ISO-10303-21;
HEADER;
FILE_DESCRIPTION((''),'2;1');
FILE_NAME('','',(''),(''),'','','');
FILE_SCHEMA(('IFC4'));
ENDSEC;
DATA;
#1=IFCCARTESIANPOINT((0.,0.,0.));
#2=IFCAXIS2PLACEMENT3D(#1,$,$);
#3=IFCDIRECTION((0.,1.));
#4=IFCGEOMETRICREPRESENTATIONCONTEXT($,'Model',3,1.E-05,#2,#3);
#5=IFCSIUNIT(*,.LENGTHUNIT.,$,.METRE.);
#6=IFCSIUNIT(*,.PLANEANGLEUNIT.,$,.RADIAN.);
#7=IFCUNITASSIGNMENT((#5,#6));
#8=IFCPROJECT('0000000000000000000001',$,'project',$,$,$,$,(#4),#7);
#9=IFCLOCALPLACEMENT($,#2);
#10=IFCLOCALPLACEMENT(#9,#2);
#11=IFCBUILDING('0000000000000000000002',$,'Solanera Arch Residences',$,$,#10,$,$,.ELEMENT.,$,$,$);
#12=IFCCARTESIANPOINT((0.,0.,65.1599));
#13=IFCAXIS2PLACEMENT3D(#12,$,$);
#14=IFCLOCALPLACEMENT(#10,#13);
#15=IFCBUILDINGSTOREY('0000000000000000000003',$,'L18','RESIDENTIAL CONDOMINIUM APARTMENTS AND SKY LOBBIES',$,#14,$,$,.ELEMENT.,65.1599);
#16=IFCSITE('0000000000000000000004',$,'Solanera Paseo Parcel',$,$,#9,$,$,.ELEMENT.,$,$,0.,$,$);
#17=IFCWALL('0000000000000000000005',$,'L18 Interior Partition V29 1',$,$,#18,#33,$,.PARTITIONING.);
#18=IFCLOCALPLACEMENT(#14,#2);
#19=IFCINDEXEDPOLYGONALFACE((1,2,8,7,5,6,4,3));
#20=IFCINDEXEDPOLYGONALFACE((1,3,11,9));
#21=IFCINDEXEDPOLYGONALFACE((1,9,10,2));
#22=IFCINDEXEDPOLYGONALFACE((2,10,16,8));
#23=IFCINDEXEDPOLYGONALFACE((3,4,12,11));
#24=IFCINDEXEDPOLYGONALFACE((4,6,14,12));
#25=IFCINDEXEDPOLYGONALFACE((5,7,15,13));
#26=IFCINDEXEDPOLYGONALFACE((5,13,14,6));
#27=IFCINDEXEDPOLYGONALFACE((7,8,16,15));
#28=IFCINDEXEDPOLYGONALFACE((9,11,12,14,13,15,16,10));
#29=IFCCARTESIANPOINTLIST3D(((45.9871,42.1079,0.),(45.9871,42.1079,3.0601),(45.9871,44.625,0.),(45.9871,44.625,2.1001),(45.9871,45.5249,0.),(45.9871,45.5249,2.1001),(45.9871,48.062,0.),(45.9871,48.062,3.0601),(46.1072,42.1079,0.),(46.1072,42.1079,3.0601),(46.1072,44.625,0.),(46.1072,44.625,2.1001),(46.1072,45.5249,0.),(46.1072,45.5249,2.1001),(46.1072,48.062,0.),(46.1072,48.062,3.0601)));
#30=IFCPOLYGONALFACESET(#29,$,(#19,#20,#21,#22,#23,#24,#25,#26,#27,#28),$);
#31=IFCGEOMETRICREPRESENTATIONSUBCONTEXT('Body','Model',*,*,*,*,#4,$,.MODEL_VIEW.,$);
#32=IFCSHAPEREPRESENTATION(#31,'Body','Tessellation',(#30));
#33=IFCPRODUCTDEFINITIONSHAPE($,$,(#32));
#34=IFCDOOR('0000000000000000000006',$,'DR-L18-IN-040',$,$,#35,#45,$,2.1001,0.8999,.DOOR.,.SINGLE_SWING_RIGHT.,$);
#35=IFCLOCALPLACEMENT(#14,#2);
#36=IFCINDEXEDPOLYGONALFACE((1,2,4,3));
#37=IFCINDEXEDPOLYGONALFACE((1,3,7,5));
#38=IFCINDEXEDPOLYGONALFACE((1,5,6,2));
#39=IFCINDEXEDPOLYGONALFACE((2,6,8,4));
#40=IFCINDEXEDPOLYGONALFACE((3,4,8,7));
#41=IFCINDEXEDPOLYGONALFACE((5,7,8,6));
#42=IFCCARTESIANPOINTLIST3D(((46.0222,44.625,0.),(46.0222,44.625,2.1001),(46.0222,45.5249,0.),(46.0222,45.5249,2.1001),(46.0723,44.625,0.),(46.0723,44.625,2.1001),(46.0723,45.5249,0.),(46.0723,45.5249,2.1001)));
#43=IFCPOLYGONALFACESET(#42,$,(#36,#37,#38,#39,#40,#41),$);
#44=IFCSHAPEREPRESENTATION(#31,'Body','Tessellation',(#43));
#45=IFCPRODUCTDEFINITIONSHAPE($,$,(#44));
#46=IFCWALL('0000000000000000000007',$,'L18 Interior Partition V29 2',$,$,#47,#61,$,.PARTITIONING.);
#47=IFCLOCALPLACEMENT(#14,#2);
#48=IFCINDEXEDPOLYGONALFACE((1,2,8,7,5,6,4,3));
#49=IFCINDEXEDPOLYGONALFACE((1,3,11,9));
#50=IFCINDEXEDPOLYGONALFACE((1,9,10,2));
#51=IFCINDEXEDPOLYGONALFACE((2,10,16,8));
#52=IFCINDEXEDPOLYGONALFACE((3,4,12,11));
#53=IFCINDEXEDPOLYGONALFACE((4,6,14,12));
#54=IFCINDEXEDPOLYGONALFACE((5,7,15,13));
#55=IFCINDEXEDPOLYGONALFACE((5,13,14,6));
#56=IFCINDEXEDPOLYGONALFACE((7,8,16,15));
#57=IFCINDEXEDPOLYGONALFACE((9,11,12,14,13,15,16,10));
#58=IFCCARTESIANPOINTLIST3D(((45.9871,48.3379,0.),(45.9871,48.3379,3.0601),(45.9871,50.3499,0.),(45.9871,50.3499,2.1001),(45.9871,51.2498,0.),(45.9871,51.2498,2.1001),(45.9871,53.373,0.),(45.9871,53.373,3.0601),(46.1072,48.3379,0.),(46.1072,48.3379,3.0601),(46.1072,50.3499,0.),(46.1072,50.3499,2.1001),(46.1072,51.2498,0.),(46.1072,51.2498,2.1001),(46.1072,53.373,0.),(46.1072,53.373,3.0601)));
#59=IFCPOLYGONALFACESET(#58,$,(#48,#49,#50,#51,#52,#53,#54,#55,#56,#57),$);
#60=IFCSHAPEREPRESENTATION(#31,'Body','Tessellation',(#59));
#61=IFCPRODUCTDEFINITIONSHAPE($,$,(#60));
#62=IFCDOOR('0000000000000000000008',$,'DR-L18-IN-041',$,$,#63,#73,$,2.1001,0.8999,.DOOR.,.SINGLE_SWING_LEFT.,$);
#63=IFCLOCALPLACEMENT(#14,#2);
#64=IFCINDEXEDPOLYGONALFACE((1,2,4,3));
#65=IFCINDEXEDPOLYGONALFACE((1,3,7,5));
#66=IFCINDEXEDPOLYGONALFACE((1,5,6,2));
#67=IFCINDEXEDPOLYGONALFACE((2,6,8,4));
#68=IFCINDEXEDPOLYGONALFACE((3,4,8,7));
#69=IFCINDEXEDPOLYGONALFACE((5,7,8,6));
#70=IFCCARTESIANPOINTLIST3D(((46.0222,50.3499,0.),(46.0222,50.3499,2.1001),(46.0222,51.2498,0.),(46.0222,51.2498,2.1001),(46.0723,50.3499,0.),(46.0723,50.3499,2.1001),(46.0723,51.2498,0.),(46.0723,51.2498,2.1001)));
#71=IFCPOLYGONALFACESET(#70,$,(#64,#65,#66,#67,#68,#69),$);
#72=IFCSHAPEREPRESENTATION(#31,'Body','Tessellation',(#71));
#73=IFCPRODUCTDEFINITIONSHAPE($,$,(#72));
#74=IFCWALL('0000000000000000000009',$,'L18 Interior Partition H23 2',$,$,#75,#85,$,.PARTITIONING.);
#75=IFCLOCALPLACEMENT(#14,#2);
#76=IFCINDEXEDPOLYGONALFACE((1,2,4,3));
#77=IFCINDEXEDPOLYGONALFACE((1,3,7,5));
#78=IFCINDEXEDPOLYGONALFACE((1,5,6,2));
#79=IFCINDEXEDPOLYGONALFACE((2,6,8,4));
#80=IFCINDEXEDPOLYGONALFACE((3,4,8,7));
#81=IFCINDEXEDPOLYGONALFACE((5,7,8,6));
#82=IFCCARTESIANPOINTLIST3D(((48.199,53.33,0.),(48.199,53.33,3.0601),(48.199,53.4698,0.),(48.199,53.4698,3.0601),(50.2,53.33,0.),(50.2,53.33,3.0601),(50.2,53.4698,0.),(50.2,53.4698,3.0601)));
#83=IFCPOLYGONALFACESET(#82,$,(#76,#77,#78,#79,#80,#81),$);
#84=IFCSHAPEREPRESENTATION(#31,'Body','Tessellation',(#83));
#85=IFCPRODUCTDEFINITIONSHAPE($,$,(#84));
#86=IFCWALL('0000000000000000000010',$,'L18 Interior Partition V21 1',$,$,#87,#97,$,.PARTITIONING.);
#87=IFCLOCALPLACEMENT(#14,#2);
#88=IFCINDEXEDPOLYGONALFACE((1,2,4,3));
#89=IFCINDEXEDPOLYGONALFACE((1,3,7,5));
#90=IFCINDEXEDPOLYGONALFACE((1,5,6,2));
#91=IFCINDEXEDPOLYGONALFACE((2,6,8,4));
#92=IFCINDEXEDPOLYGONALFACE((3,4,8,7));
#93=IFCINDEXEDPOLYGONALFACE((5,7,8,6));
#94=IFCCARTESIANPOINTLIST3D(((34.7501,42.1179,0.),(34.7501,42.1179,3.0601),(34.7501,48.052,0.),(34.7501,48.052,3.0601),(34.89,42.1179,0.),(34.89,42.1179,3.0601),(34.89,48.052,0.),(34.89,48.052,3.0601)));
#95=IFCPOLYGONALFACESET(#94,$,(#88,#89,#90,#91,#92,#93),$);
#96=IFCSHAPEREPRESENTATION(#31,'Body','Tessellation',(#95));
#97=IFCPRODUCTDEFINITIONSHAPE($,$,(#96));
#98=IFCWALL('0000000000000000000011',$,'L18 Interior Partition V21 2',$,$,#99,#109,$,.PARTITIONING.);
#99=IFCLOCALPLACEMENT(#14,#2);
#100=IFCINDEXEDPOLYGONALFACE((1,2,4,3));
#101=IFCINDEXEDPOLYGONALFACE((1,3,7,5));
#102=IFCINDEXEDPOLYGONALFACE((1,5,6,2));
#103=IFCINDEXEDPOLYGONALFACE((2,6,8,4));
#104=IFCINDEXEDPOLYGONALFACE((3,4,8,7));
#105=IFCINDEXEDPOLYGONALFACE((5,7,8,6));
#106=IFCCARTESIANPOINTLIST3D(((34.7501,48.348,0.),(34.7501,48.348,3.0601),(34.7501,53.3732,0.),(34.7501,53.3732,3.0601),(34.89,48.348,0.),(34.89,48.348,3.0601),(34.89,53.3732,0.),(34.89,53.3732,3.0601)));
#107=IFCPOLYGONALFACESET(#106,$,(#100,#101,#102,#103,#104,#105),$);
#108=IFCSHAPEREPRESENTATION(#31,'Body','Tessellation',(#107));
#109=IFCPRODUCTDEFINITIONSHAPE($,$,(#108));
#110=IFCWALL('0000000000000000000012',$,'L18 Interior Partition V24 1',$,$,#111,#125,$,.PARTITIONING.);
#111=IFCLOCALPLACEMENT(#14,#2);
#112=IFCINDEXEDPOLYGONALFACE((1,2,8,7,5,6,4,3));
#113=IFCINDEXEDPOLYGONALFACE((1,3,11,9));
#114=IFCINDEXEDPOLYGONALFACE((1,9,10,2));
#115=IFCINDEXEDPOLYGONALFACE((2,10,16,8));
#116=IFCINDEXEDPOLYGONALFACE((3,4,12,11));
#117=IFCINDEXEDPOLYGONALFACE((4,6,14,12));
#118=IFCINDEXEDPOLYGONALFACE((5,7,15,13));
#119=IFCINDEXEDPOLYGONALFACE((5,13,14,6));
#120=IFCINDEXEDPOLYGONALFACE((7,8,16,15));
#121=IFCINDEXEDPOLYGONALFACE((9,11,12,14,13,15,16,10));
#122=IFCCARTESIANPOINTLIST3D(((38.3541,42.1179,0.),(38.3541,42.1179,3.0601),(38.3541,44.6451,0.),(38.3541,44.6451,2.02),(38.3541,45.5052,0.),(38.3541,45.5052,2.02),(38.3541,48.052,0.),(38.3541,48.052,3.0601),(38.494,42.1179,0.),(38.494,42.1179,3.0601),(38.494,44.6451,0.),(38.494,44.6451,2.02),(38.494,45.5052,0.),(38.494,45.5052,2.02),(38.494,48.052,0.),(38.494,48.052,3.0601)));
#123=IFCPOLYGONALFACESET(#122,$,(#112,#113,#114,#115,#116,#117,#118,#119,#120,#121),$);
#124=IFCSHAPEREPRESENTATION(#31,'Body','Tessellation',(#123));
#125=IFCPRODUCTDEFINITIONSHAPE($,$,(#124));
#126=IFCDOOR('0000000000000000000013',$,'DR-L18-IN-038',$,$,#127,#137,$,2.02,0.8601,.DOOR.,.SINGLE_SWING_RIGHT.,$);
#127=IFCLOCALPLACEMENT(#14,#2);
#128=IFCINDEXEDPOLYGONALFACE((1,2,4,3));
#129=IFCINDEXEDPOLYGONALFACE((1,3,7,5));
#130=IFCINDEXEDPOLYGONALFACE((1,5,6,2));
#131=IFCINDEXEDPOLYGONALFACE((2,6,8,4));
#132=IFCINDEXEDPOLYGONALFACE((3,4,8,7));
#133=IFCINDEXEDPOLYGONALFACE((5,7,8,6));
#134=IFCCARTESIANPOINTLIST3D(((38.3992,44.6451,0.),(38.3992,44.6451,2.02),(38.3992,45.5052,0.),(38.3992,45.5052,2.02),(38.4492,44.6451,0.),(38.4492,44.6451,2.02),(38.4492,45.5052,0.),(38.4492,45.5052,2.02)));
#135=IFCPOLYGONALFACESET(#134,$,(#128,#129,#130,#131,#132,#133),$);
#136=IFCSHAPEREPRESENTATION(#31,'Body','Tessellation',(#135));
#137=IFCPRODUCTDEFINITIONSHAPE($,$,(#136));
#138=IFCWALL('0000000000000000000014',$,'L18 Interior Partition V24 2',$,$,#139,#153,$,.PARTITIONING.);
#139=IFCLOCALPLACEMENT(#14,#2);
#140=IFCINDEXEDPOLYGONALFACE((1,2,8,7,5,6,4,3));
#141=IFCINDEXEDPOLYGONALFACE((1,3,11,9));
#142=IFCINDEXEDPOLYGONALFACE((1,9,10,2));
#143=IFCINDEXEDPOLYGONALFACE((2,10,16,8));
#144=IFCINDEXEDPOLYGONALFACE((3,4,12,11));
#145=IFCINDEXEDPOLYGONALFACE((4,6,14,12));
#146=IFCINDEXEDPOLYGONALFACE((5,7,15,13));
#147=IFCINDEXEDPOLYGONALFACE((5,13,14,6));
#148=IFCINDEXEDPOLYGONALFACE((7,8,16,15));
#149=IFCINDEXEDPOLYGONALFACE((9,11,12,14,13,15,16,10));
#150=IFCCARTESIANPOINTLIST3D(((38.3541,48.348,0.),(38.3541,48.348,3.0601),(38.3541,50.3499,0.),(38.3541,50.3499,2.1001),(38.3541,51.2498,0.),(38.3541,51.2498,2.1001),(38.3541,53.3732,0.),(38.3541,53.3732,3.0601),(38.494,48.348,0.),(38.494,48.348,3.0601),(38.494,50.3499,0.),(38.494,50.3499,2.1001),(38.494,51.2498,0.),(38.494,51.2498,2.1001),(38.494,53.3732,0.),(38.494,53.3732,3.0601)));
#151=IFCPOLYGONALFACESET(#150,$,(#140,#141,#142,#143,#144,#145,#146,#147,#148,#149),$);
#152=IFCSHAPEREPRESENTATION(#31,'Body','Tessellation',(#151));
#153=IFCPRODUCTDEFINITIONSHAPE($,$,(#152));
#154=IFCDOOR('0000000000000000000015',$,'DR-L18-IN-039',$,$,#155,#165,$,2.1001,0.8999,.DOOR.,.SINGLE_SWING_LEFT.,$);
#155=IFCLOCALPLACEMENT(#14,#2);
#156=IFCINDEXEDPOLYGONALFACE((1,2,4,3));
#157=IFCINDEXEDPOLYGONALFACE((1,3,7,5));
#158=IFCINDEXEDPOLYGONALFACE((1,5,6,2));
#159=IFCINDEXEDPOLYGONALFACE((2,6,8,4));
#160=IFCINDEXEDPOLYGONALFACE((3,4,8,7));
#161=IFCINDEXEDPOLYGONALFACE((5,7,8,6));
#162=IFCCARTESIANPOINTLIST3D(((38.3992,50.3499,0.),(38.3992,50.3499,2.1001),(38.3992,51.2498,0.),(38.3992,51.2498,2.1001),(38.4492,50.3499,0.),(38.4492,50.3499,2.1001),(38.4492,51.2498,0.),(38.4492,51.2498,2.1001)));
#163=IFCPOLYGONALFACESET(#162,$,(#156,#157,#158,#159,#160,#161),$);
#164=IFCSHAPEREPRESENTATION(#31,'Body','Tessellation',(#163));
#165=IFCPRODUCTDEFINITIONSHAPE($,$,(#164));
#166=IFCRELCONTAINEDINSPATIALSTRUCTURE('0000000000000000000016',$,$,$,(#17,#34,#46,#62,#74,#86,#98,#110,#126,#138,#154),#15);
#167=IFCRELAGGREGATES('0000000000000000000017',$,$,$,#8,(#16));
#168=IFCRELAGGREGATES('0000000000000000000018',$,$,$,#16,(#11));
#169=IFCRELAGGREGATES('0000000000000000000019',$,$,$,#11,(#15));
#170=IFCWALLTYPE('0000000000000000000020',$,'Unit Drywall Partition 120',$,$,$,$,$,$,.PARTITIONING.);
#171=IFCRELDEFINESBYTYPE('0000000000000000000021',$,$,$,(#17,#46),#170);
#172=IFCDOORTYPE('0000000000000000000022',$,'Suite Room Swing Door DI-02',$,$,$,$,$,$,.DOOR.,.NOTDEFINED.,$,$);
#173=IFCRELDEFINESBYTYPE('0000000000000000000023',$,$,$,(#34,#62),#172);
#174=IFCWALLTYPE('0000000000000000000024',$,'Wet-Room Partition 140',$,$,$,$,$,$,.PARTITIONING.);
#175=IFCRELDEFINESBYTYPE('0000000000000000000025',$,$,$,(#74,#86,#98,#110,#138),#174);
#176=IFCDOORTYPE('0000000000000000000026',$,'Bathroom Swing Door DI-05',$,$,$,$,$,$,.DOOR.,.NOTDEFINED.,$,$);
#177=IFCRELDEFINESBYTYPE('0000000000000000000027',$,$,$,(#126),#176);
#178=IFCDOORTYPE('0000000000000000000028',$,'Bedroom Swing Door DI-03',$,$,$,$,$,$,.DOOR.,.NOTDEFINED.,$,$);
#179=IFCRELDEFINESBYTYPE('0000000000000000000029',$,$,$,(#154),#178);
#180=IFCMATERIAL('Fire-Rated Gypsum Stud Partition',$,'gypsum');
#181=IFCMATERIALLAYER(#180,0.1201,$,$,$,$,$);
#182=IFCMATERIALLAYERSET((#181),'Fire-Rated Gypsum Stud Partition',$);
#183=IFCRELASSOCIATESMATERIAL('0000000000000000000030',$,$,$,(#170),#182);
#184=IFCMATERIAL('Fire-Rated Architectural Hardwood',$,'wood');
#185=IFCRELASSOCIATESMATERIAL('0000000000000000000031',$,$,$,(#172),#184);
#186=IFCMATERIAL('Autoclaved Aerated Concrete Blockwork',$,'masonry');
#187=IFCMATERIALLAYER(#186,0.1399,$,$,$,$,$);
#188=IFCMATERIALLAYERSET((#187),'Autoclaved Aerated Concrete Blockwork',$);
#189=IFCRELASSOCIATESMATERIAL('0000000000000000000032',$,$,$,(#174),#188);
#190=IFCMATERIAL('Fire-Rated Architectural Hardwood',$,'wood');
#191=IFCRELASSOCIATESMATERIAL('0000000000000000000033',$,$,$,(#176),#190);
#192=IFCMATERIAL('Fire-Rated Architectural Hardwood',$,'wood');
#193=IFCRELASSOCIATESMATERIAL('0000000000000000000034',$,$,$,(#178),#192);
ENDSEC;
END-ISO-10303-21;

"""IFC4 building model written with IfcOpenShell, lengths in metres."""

from ifc_helpers import new_model, si_unit, direction, frame, frame_2d, origin, place, context, subcontext, project, spatial, rectangle, extrude, material, layer, layer_set, type_object, element, fill, save


model = new_model("IFC4")

# Units and contexts
model_context = context("Model", 3, precision=1e-05, world=origin(), true_north=direction((0.0, 1.0)))
body_context = subcontext(model_context, "Body", "Model", "MODEL_VIEW")
ifc_project = project(units=[si_unit("LENGTHUNIT", "METRE"), si_unit("PLANEANGLEUNIT", "RADIAN")], contexts=[model_context])

# Site, building, storey
site_placement = place(None, origin())
site = spatial("IfcSite", under=ifc_project, at=site_placement, Name="Solanera Paseo Parcel", CompositionType="ELEMENT", RefElevation=0.0)
building_placement = place(site_placement, origin())
building = spatial("IfcBuilding", under=site, at=building_placement, Name="Solanera Arch Residences", CompositionType="ELEMENT")
storey_placement = place(building_placement, frame((0.0, 0.0, 65.1599)))
storey = spatial("IfcBuildingStorey", under=building, at=storey_placement, Name="L18", Description="RESIDENTIAL CONDOMINIUM APARTMENTS AND SKY LOBBIES", CompositionType="ELEMENT", Elevation=65.1599)

# Walls, openings, doors
ifc_material_1 = material(Name="Fire-Rated Gypsum Stud Partition", Category="gypsum")
ifc_layer_1 = layer(ifc_material_1, 0.1201)
ifc_layer_set_1 = layer_set([ifc_layer_1], Name="Fire-Rated Gypsum Stud Partition")
wall_type_1 = type_object("IfcWallType", Name="Unit Drywall Partition 120", PredefinedType="PARTITIONING", material=ifc_layer_set_1)
wall_1_placement = place(storey_placement, frame((46.0471, 42.1079, 0.0), z_axis=(0.0, 0.0, 1.0), x_axis=(0.0, 1.0, 0.0)))
wall_1 = element("IfcWall", 1, at=wall_1_placement, inside=storey, type_object=wall_type_1, Name="L18 Interior Partition V29 1", PredefinedType="PARTITIONING", context=body_context, shape_type="SweptSolid", body=[
    extrude(rectangle(XDim=5.9541, YDim=0.1201, at=frame_2d((2.9771, 0.0))), origin(), (0.0, 0.0, 1.0), 3.0601),
])
opening_1_placement = place(wall_1_placement, frame((2.5171, 0.0, 0.0)))
opening_1 = element("IfcOpeningElement", 2, at=opening_1_placement, cuts=wall_1, PredefinedType="OPENING", context=body_context, shape_type="SweptSolid", body=[
    extrude(rectangle(XDim=0.8999, YDim=2.1001, at=frame_2d((0.45, 1.05))), frame((0.0, 0.0701, 0.0), z_axis=(0.0, -1.0, 0.0), x_axis=(1.0, 0.0, 0.0)), (0.0, 0.0, 1.0), 0.1401),
])
ifc_material_2 = material(Name="Fire-Rated Architectural Hardwood", Category="wood")
door_type_1 = type_object("IfcDoorType", Name="Suite Room Swing Door DI-02", OperationType="NOTDEFINED", PredefinedType="DOOR", material=ifc_material_2)
door_1_placement = place(opening_1_placement, origin())
door_1 = element("IfcDoor", 3, at=door_1_placement, inside=storey, type_object=door_type_1, Name="DR-L18-IN-040", OperationType="SINGLE_SWING_RIGHT", OverallHeight=2.1001, OverallWidth=0.8999, PredefinedType="DOOR", context=body_context, shape_type="SweptSolid", body=[
    extrude(rectangle(XDim=0.8999, YDim=2.1001, at=frame_2d((0.45, 1.05))), frame((0.0, 0.0249, 0.0), z_axis=(0.0, -1.0, 0.0), x_axis=(1.0, 0.0, 0.0)), (0.0, 0.0, 1.0), 0.05),
])
fill(opening_1, door_1)
wall_2_placement = place(storey_placement, frame((46.0471, 48.3379, 0.0), z_axis=(0.0, 0.0, 1.0), x_axis=(0.0, 1.0, 0.0)))
wall_2 = element("IfcWall", 4, at=wall_2_placement, inside=storey, type_object=wall_type_1, Name="L18 Interior Partition V29 2", PredefinedType="PARTITIONING", context=body_context, shape_type="SweptSolid", body=[
    extrude(rectangle(XDim=5.0352, YDim=0.1201, at=frame_2d((2.5176, 0.0))), origin(), (0.0, 0.0, 1.0), 3.0601),
])
opening_2_placement = place(wall_2_placement, frame((2.012, 0.0, 0.0)))
opening_2 = element("IfcOpeningElement", 5, at=opening_2_placement, cuts=wall_2, PredefinedType="OPENING", context=body_context, shape_type="SweptSolid", body=[
    extrude(rectangle(XDim=0.8999, YDim=2.1001, at=frame_2d((0.45, 1.05))), frame((0.0, 0.0701, 0.0), z_axis=(0.0, -1.0, 0.0), x_axis=(1.0, 0.0, 0.0)), (0.0, 0.0, 1.0), 0.1401),
])
door_2_placement = place(opening_2_placement, origin())
door_2 = element("IfcDoor", 6, at=door_2_placement, inside=storey, type_object=door_type_1, Name="DR-L18-IN-041", OperationType="SINGLE_SWING_LEFT", OverallHeight=2.1001, OverallWidth=0.8999, PredefinedType="DOOR", context=body_context, shape_type="SweptSolid", body=[
    extrude(rectangle(XDim=0.8999, YDim=2.1001, at=frame_2d((0.45, 1.05))), frame((0.0, 0.0249, 0.0), z_axis=(0.0, -1.0, 0.0), x_axis=(1.0, 0.0, 0.0)), (0.0, 0.0, 1.0), 0.05),
])
fill(opening_2, door_2)

# Walls
ifc_material_3 = material(Name="Autoclaved Aerated Concrete Blockwork", Category="masonry")
ifc_layer_2 = layer(ifc_material_3, 0.1399)
ifc_layer_set_2 = layer_set([ifc_layer_2], Name="Autoclaved Aerated Concrete Blockwork")
wall_type_2 = type_object("IfcWallType", Name="Wet-Room Partition 140", PredefinedType="PARTITIONING", material=ifc_layer_set_2)
wall_3_placement = place(storey_placement, frame((48.199, 53.3999, 0.0), z_axis=(0.0, 0.0, 1.0), x_axis=(1.0, 0.0, 0.0)))
element("IfcWall", 7, at=wall_3_placement, inside=storey, type_object=wall_type_2, Name="L18 Interior Partition H23 2", PredefinedType="PARTITIONING", context=body_context, shape_type="SweptSolid", body=[
    extrude(rectangle(XDim=2.001, YDim=0.1399, at=frame_2d((1.0005, 0.0))), origin(), (0.0, 0.0, 1.0), 3.0601),
])
wall_4_placement = place(storey_placement, frame((34.8201, 42.1179, 0.0), z_axis=(0.0, 0.0, 1.0), x_axis=(0.0, 1.0, 0.0)))
element("IfcWall", 8, at=wall_4_placement, inside=storey, type_object=wall_type_2, Name="L18 Interior Partition V21 1", PredefinedType="PARTITIONING", context=body_context, shape_type="SweptSolid", body=[
    extrude(rectangle(XDim=5.9341, YDim=0.1399, at=frame_2d((2.967, 0.0))), origin(), (0.0, 0.0, 1.0), 3.0601),
])
wall_5_placement = place(storey_placement, frame((34.8201, 48.3479, 0.0), z_axis=(0.0, 0.0, 1.0), x_axis=(0.0, 1.0, 0.0)))
element("IfcWall", 9, at=wall_5_placement, inside=storey, type_object=wall_type_2, Name="L18 Interior Partition V21 2", PredefinedType="PARTITIONING", context=body_context, shape_type="SweptSolid", body=[
    extrude(rectangle(XDim=5.0251, YDim=0.1399, at=frame_2d((2.5127, 0.0))), origin(), (0.0, 0.0, 1.0), 3.0601),
])

# Walls, openings, doors
wall_6_placement = place(storey_placement, frame((38.4241, 42.1179, 0.0), z_axis=(0.0, 0.0, 1.0), x_axis=(0.0, 1.0, 0.0)))
wall_6 = element("IfcWall", 10, at=wall_6_placement, inside=storey, type_object=wall_type_2, Name="L18 Interior Partition V24 1", PredefinedType="PARTITIONING", context=body_context, shape_type="SweptSolid", body=[
    extrude(rectangle(XDim=5.9341, YDim=0.1399, at=frame_2d((2.967, 0.0))), origin(), (0.0, 0.0, 1.0), 3.0601),
])
opening_3_placement = place(wall_6_placement, frame((2.5271, 0.0, 0.0)))
opening_3 = element("IfcOpeningElement", 11, at=opening_3_placement, cuts=wall_6, PredefinedType="OPENING", context=body_context, shape_type="SweptSolid", body=[
    extrude(rectangle(XDim=0.8601, YDim=2.02, at=frame_2d((0.4302, 1.01))), frame((0.0, 0.0798, 0.0), z_axis=(0.0, -1.0, 0.0), x_axis=(1.0, 0.0, 0.0)), (0.0, 0.0, 1.0), 0.1599),
])
ifc_material_4 = material(Name="Fire-Rated Architectural Hardwood", Category="wood")
door_type_2 = type_object("IfcDoorType", Name="Bathroom Swing Door DI-05", OperationType="NOTDEFINED", PredefinedType="DOOR", material=ifc_material_4)
door_3_placement = place(opening_3_placement, origin())
door_3 = element("IfcDoor", 12, at=door_3_placement, inside=storey, type_object=door_type_2, Name="DR-L18-IN-038", OperationType="SINGLE_SWING_RIGHT", OverallHeight=2.02, OverallWidth=0.8601, PredefinedType="DOOR", context=body_context, shape_type="SweptSolid", body=[
    extrude(rectangle(XDim=0.8601, YDim=2.02, at=frame_2d((0.4302, 1.01))), frame((0.0, 0.0249, 0.0), z_axis=(0.0, -1.0, 0.0), x_axis=(1.0, 0.0, 0.0)), (0.0, 0.0, 1.0), 0.05),
])
fill(opening_3, door_3)
wall_7_placement = place(storey_placement, frame((38.4241, 48.3479, 0.0), z_axis=(0.0, 0.0, 1.0), x_axis=(0.0, 1.0, 0.0)))
wall_7 = element("IfcWall", 13, at=wall_7_placement, inside=storey, type_object=wall_type_2, Name="L18 Interior Partition V24 2", PredefinedType="PARTITIONING", context=body_context, shape_type="SweptSolid", body=[
    extrude(rectangle(XDim=5.0251, YDim=0.1399, at=frame_2d((2.5127, 0.0))), origin(), (0.0, 0.0, 1.0), 3.0601),
])
opening_4_placement = place(wall_7_placement, frame((2.002, 0.0, 0.0)))
opening_4 = element("IfcOpeningElement", 14, at=opening_4_placement, cuts=wall_7, PredefinedType="OPENING", context=body_context, shape_type="SweptSolid", body=[
    extrude(rectangle(XDim=0.8999, YDim=2.1001, at=frame_2d((0.45, 1.05))), frame((0.0, 0.0798, 0.0), z_axis=(0.0, -1.0, 0.0), x_axis=(1.0, 0.0, 0.0)), (0.0, 0.0, 1.0), 0.1599),
])
ifc_material_5 = material(Name="Fire-Rated Architectural Hardwood", Category="wood")
door_type_3 = type_object("IfcDoorType", Name="Bedroom Swing Door DI-03", OperationType="NOTDEFINED", PredefinedType="DOOR", material=ifc_material_5)
door_4_placement = place(opening_4_placement, origin())
door_4 = element("IfcDoor", 15, at=door_4_placement, inside=storey, type_object=door_type_3, Name="DR-L18-IN-039", OperationType="SINGLE_SWING_LEFT", OverallHeight=2.1001, OverallWidth=0.8999, PredefinedType="DOOR", context=body_context, shape_type="SweptSolid", body=[
    extrude(rectangle(XDim=0.8999, YDim=2.1001, at=frame_2d((0.45, 1.05))), frame((0.0, 0.0249, 0.0), z_axis=(0.0, -1.0, 0.0), x_axis=(1.0, 0.0, 0.0)), (0.0, 0.0, 1.0), 0.05),
])
fill(opening_4, door_4)

save(model, "model.ifc")
